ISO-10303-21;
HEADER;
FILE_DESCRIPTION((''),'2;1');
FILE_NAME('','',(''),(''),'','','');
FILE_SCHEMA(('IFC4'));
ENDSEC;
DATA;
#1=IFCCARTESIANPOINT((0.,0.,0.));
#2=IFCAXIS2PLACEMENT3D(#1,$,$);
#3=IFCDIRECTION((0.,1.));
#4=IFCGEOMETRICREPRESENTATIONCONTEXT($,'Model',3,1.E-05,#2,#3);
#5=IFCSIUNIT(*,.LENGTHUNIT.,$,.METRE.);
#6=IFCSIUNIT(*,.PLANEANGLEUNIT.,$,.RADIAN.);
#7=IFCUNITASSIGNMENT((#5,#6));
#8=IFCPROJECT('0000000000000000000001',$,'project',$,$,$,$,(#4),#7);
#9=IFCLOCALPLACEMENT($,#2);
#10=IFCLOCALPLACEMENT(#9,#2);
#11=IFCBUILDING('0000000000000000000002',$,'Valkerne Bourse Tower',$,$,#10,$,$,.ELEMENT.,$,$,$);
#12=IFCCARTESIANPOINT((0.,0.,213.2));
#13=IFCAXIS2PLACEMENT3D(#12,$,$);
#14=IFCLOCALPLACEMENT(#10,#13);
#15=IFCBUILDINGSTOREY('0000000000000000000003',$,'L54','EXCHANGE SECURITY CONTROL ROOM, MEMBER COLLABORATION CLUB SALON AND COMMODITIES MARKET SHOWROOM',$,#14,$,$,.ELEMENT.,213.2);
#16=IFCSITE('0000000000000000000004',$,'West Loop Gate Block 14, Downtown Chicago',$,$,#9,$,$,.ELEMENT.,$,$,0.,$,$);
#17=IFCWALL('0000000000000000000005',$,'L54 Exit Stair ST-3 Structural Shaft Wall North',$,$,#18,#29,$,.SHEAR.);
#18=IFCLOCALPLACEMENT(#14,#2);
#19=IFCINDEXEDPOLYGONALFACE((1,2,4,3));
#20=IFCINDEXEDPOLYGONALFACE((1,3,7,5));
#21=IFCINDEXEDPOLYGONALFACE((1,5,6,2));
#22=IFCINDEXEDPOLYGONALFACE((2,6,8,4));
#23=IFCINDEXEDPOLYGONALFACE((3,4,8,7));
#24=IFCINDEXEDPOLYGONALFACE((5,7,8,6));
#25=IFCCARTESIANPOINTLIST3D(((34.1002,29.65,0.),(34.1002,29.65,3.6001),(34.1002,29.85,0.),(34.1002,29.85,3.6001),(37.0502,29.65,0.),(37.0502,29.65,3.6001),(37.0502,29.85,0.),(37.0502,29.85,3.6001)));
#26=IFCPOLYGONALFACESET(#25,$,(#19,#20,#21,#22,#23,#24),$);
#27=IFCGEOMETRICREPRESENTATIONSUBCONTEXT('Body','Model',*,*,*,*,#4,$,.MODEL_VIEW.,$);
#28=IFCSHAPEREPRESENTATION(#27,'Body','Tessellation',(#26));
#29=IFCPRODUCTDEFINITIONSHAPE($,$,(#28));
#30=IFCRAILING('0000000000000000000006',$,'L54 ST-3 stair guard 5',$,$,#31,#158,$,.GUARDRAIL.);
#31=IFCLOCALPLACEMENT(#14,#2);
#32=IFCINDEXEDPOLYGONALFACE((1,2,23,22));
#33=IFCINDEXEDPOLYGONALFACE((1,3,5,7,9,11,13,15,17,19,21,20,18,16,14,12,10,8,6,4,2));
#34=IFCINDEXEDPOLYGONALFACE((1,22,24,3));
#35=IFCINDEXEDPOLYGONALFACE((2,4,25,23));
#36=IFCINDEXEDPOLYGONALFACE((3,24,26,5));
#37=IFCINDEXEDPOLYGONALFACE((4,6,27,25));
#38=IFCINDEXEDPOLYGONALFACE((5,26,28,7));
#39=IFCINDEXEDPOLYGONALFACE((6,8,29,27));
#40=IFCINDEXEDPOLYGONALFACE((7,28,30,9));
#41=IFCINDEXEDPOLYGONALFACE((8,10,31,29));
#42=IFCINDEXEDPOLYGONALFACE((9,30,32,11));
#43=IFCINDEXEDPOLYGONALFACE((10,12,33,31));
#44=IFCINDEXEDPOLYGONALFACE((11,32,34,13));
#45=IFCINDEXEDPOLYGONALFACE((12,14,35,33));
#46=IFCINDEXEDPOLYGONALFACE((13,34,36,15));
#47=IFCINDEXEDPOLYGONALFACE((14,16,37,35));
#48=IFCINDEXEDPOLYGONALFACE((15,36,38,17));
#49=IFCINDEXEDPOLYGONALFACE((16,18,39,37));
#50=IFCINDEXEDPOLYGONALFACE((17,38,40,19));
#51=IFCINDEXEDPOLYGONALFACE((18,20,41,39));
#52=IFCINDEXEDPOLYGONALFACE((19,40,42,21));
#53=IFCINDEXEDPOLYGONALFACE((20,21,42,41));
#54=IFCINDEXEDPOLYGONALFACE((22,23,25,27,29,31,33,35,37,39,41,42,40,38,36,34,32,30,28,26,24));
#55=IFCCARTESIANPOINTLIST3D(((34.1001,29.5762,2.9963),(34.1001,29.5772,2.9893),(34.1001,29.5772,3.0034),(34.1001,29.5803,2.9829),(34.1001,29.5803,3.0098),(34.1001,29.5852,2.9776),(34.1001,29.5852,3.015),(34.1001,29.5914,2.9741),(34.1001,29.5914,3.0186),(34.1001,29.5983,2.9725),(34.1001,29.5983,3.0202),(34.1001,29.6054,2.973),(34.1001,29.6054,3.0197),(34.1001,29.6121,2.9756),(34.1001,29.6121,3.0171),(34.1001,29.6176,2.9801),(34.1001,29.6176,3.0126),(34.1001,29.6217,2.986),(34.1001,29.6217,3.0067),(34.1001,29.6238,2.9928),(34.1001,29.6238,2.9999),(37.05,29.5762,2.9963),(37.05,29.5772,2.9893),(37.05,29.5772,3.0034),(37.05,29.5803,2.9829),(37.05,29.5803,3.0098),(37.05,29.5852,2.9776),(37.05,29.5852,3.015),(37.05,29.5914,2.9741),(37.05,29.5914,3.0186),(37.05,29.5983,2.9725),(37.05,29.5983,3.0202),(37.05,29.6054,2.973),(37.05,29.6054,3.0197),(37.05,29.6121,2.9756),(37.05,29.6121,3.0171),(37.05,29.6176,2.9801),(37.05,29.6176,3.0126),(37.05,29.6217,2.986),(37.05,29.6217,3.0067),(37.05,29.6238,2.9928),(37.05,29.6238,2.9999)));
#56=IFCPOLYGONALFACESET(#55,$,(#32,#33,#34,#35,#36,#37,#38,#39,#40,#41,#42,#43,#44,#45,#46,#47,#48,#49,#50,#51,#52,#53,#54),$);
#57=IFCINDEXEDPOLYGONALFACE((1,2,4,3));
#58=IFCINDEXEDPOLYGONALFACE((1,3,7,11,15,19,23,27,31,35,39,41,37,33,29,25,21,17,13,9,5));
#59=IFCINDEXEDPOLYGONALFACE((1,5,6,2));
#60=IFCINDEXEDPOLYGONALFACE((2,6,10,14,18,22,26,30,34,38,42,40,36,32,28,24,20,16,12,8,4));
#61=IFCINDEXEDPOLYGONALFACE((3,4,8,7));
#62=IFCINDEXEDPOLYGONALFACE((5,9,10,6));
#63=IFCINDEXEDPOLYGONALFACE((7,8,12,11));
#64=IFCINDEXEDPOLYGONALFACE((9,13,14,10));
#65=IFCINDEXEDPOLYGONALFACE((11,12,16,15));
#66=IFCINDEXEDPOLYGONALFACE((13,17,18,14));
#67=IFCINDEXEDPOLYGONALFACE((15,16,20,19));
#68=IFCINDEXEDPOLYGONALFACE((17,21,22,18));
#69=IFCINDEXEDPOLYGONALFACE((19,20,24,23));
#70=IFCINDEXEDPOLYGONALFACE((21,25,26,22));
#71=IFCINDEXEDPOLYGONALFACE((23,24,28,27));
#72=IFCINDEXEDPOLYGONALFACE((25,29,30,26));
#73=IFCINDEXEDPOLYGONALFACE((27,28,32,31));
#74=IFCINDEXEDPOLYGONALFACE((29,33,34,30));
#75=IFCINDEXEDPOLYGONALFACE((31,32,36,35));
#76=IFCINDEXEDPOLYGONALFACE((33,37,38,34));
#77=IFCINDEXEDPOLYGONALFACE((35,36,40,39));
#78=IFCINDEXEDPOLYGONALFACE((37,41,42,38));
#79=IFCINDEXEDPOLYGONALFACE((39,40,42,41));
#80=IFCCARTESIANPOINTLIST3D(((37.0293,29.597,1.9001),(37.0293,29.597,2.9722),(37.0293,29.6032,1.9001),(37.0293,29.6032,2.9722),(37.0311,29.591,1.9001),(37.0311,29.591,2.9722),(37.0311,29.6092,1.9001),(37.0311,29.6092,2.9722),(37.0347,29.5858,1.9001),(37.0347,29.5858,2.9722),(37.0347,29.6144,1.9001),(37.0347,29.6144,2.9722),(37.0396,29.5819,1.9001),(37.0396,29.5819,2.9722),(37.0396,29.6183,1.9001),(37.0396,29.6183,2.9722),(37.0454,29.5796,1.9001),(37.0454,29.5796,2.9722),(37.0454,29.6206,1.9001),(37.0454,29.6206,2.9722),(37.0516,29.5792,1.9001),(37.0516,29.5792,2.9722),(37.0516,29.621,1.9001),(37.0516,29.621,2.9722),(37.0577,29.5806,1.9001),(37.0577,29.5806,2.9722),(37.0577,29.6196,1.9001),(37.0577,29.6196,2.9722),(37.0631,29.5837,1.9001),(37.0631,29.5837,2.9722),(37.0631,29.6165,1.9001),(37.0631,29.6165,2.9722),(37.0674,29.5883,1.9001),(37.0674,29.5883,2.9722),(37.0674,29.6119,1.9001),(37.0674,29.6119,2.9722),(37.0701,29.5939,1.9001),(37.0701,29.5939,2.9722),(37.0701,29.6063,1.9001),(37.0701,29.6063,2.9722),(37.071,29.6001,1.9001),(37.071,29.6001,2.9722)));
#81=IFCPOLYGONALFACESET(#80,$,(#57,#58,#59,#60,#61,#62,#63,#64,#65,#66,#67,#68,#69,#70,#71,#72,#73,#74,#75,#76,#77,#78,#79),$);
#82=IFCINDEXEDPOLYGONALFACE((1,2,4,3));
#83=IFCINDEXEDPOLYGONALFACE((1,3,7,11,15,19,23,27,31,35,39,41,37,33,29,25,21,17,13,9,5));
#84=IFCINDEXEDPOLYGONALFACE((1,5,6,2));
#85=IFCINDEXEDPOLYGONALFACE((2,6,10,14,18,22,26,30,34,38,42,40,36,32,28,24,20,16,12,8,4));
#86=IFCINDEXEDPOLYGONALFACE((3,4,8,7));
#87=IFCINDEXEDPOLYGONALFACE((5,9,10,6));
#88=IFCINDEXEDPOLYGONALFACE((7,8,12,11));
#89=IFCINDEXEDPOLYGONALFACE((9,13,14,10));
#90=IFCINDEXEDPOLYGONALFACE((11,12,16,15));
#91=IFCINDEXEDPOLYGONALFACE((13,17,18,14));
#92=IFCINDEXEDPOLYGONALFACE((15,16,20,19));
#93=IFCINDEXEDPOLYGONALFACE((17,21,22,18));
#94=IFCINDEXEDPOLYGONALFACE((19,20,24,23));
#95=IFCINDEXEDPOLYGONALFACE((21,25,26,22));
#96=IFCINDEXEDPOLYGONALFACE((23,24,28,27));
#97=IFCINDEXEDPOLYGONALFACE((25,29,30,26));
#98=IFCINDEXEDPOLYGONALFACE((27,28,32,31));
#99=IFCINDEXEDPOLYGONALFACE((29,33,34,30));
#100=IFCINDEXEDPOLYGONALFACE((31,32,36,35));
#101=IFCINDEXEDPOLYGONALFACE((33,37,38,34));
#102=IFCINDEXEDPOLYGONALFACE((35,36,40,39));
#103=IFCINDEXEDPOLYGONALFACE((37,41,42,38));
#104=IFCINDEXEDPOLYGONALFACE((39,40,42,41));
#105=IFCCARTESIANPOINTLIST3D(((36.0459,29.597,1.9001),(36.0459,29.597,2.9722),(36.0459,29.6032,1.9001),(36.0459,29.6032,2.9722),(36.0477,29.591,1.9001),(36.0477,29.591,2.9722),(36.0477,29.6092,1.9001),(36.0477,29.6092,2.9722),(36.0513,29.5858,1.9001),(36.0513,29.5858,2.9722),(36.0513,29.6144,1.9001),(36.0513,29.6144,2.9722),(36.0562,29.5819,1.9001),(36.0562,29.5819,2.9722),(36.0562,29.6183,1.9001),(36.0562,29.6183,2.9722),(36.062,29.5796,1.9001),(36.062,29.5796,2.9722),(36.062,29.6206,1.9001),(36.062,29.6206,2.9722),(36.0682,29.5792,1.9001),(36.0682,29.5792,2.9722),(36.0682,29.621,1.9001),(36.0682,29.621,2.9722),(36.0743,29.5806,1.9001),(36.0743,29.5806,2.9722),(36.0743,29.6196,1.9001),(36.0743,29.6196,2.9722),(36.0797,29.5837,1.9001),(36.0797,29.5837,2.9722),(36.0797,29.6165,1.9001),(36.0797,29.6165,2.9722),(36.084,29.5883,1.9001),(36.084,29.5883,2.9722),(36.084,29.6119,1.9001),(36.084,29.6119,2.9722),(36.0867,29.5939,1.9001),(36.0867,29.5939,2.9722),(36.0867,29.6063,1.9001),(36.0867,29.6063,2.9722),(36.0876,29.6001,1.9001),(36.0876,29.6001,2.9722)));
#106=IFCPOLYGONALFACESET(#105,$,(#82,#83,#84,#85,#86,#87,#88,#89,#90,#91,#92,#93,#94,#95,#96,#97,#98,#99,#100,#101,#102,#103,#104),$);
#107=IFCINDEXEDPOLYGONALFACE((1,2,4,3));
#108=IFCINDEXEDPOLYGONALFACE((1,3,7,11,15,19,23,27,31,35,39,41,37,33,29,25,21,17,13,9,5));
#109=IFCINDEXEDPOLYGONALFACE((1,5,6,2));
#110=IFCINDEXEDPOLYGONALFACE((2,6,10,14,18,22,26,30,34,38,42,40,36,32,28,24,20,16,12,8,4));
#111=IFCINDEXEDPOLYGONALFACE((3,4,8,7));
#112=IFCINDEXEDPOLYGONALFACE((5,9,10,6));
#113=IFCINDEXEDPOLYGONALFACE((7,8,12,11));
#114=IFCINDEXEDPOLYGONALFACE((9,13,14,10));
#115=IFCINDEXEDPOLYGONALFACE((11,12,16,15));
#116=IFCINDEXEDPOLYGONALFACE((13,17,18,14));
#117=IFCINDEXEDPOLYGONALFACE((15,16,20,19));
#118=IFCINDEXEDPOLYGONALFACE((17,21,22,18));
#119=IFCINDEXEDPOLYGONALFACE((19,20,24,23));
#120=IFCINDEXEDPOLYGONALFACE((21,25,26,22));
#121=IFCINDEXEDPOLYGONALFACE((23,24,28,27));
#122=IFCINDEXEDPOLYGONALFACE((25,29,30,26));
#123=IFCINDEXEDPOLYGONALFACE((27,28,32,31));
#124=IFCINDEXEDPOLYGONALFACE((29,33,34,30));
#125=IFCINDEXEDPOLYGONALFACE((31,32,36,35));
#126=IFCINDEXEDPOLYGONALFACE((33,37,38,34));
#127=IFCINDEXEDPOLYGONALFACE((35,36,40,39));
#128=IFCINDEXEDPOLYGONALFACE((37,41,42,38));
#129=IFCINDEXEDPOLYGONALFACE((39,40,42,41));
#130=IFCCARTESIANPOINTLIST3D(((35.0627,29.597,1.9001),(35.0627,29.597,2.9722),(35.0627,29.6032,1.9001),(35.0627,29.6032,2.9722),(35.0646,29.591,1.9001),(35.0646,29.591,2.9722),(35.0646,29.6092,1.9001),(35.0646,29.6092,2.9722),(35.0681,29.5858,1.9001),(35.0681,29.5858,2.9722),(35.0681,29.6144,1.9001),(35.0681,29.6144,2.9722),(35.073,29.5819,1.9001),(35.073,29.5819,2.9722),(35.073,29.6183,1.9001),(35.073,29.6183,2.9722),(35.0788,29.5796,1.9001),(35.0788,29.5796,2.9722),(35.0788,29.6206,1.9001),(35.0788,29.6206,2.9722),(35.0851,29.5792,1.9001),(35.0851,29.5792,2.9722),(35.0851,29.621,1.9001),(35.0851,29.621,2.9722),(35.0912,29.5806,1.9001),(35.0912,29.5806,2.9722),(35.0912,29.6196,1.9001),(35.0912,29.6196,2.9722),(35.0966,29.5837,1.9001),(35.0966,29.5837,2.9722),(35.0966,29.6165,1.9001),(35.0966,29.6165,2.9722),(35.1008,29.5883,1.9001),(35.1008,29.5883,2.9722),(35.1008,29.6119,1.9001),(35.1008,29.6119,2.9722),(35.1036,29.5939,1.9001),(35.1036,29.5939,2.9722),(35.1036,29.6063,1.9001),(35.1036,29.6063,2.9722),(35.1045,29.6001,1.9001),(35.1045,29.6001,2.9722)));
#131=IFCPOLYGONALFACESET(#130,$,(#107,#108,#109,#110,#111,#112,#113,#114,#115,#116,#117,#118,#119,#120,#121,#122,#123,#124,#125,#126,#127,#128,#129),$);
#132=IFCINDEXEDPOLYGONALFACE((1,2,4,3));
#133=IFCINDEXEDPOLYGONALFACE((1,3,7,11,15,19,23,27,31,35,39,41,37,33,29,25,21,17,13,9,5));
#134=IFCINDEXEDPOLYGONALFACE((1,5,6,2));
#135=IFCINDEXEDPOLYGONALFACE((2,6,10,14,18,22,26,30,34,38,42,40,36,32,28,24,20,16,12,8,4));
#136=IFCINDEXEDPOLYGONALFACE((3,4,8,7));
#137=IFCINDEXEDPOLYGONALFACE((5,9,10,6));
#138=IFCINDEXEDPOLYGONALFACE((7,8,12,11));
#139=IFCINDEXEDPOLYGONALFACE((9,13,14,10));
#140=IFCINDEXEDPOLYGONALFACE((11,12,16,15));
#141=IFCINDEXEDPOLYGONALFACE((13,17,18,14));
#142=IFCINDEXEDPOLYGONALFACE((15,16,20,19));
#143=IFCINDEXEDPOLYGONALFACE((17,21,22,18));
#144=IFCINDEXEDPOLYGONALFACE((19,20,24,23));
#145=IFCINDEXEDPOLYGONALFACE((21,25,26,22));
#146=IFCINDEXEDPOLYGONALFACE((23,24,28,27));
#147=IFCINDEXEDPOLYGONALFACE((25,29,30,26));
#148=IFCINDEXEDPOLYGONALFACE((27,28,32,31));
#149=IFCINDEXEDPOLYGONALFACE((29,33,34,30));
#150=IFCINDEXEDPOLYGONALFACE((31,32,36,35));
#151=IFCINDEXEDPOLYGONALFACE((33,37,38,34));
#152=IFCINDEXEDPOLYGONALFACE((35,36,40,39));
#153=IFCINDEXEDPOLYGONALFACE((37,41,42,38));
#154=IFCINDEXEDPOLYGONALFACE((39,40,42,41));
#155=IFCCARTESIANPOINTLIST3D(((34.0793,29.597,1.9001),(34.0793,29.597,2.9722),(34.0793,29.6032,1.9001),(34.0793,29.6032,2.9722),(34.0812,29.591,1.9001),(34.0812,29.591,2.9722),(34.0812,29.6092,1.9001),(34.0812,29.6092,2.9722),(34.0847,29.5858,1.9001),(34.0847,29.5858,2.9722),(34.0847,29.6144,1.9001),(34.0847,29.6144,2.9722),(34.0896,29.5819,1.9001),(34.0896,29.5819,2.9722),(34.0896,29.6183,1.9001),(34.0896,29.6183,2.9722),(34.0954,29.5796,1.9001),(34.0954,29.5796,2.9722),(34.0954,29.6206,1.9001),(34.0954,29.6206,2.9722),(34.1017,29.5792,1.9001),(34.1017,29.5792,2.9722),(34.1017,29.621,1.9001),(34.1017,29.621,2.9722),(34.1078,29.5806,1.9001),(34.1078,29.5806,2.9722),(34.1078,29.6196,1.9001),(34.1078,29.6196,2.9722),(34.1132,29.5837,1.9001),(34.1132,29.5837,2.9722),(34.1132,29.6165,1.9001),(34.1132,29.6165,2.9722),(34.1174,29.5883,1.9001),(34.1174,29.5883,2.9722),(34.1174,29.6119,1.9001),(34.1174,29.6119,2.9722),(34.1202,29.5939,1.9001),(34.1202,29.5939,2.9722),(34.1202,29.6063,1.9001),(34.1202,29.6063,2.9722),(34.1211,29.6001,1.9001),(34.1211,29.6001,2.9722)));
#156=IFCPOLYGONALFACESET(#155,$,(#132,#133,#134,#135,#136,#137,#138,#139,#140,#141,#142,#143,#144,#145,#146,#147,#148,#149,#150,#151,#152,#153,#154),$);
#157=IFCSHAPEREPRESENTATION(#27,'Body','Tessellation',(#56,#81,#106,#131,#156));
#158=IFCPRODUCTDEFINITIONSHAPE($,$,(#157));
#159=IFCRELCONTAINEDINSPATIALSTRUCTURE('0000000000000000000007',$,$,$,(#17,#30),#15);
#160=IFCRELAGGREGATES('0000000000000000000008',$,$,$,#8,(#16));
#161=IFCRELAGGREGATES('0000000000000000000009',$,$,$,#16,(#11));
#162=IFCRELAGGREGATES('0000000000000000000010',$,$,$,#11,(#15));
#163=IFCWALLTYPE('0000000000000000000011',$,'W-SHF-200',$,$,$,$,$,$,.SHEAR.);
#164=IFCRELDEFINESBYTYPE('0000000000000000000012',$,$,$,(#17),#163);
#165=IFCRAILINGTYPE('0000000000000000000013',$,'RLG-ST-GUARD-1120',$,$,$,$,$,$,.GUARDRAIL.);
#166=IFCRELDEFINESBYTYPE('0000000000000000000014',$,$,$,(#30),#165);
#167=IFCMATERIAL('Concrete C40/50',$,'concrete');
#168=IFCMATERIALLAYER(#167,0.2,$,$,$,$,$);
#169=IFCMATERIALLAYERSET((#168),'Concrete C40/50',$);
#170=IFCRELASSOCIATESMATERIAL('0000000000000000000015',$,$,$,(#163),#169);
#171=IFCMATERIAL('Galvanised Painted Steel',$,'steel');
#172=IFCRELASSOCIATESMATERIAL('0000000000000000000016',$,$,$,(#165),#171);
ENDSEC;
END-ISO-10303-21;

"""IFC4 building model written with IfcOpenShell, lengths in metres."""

from ifc_helpers import new_model, si_unit, direction, frame, frame_2d, origin, origin_2d, place, context, subcontext, project, spatial, rectangle, circle, extrude, material, layer, layer_set, type_object, element, save


model = new_model("IFC4")

# Units and contexts
model_context = context("Model", 3, precision=1e-05, world=origin(), true_north=direction((0.0, 1.0)))
body_context = subcontext(model_context, "Body", "Model", "MODEL_VIEW")
ifc_project = project(units=[si_unit("LENGTHUNIT", "METRE"), si_unit("PLANEANGLEUNIT", "RADIAN")], contexts=[model_context])

# Site, building, storey
site_placement = place(None, origin())
site = spatial("IfcSite", under=ifc_project, at=site_placement, Name="West Loop Gate Block 14, Downtown Chicago", CompositionType="ELEMENT", RefElevation=0.0)
building_placement = place(site_placement, origin())
building = spatial("IfcBuilding", under=site, at=building_placement, Name="Valkerne Bourse Tower", CompositionType="ELEMENT")
storey_placement = place(building_placement, frame((0.0, 0.0, 213.2)))
storey = spatial("IfcBuildingStorey", under=building, at=storey_placement, Name="L54", Description="EXCHANGE SECURITY CONTROL ROOM, MEMBER COLLABORATION CLUB SALON AND COMMODITIES MARKET SHOWROOM", CompositionType="ELEMENT", Elevation=213.2)

# Shared definitions
ifc_material_1 = material(Name="Galvanised Painted Steel", Category="steel")

# Wall
ifc_material_2 = material(Name="Concrete C40/50", Category="concrete")
ifc_layer_1 = layer(ifc_material_2, 0.2)
ifc_layer_set_1 = layer_set([ifc_layer_1], Name="Concrete C40/50")
wall_type_1 = type_object("IfcWallType", Name="W-SHF-200", PredefinedType="SHEAR", material=ifc_layer_set_1)
wall_1_placement = place(storey_placement, frame((34.1001, 29.75, 0.0), z_axis=(0.0, 0.0, 1.0), x_axis=(1.0, 0.0, 0.0)))
element("IfcWall", 1, at=wall_1_placement, inside=storey, type_object=wall_type_1, Name="L54 Exit Stair ST-3 Structural Shaft Wall North", PredefinedType="SHEAR", context=body_context, shape_type="SweptSolid", body=[
    extrude(rectangle(XDim=2.95, YDim=0.2, at=frame_2d((1.4751, 0.0))), origin(), (0.0, 0.0, 1.0), 3.6001),
])

# Railing
railing_type = type_object("IfcRailingType", Name="RLG-ST-GUARD-1120", PredefinedType="GUARDRAIL", material=ifc_material_1)
railing_1_placement = place(storey_placement, frame((37.05, 29.6001, 1.9001)))
element("IfcRailing", 2, at=railing_1_placement, inside=storey, type_object=railing_type, Name="L54 ST-3 stair guard 5", PredefinedType="GUARDRAIL", context=body_context, shape_type="SweptSolid", body=[
    extrude(circle(Radius=0.0239, at=origin_2d()), frame((0.0, 0.0, 1.0962), z_axis=(-1.0, 0.0, 0.0), x_axis=(0.0, -1.0, 0.0)), (0.0, 0.0, 1.0), 2.95),
    extrude(circle(Radius=0.021, at=origin_2d()), origin(), (0.0, 0.0, 1.0), 1.072),
    extrude(circle(Radius=0.021, at=origin_2d()), frame((-0.9834, 0.0, 0.0)), (0.0, 0.0, 1.0), 1.072),
    extrude(circle(Radius=0.021, at=origin_2d()), frame((-1.9666, 0.0, 0.0)), (0.0, 0.0, 1.0), 1.072),
    extrude(circle(Radius=0.021, at=origin_2d()), frame((-2.95, 0.0, 0.0)), (0.0, 0.0, 1.0), 1.072),
])

save(model, "model.ifc")
